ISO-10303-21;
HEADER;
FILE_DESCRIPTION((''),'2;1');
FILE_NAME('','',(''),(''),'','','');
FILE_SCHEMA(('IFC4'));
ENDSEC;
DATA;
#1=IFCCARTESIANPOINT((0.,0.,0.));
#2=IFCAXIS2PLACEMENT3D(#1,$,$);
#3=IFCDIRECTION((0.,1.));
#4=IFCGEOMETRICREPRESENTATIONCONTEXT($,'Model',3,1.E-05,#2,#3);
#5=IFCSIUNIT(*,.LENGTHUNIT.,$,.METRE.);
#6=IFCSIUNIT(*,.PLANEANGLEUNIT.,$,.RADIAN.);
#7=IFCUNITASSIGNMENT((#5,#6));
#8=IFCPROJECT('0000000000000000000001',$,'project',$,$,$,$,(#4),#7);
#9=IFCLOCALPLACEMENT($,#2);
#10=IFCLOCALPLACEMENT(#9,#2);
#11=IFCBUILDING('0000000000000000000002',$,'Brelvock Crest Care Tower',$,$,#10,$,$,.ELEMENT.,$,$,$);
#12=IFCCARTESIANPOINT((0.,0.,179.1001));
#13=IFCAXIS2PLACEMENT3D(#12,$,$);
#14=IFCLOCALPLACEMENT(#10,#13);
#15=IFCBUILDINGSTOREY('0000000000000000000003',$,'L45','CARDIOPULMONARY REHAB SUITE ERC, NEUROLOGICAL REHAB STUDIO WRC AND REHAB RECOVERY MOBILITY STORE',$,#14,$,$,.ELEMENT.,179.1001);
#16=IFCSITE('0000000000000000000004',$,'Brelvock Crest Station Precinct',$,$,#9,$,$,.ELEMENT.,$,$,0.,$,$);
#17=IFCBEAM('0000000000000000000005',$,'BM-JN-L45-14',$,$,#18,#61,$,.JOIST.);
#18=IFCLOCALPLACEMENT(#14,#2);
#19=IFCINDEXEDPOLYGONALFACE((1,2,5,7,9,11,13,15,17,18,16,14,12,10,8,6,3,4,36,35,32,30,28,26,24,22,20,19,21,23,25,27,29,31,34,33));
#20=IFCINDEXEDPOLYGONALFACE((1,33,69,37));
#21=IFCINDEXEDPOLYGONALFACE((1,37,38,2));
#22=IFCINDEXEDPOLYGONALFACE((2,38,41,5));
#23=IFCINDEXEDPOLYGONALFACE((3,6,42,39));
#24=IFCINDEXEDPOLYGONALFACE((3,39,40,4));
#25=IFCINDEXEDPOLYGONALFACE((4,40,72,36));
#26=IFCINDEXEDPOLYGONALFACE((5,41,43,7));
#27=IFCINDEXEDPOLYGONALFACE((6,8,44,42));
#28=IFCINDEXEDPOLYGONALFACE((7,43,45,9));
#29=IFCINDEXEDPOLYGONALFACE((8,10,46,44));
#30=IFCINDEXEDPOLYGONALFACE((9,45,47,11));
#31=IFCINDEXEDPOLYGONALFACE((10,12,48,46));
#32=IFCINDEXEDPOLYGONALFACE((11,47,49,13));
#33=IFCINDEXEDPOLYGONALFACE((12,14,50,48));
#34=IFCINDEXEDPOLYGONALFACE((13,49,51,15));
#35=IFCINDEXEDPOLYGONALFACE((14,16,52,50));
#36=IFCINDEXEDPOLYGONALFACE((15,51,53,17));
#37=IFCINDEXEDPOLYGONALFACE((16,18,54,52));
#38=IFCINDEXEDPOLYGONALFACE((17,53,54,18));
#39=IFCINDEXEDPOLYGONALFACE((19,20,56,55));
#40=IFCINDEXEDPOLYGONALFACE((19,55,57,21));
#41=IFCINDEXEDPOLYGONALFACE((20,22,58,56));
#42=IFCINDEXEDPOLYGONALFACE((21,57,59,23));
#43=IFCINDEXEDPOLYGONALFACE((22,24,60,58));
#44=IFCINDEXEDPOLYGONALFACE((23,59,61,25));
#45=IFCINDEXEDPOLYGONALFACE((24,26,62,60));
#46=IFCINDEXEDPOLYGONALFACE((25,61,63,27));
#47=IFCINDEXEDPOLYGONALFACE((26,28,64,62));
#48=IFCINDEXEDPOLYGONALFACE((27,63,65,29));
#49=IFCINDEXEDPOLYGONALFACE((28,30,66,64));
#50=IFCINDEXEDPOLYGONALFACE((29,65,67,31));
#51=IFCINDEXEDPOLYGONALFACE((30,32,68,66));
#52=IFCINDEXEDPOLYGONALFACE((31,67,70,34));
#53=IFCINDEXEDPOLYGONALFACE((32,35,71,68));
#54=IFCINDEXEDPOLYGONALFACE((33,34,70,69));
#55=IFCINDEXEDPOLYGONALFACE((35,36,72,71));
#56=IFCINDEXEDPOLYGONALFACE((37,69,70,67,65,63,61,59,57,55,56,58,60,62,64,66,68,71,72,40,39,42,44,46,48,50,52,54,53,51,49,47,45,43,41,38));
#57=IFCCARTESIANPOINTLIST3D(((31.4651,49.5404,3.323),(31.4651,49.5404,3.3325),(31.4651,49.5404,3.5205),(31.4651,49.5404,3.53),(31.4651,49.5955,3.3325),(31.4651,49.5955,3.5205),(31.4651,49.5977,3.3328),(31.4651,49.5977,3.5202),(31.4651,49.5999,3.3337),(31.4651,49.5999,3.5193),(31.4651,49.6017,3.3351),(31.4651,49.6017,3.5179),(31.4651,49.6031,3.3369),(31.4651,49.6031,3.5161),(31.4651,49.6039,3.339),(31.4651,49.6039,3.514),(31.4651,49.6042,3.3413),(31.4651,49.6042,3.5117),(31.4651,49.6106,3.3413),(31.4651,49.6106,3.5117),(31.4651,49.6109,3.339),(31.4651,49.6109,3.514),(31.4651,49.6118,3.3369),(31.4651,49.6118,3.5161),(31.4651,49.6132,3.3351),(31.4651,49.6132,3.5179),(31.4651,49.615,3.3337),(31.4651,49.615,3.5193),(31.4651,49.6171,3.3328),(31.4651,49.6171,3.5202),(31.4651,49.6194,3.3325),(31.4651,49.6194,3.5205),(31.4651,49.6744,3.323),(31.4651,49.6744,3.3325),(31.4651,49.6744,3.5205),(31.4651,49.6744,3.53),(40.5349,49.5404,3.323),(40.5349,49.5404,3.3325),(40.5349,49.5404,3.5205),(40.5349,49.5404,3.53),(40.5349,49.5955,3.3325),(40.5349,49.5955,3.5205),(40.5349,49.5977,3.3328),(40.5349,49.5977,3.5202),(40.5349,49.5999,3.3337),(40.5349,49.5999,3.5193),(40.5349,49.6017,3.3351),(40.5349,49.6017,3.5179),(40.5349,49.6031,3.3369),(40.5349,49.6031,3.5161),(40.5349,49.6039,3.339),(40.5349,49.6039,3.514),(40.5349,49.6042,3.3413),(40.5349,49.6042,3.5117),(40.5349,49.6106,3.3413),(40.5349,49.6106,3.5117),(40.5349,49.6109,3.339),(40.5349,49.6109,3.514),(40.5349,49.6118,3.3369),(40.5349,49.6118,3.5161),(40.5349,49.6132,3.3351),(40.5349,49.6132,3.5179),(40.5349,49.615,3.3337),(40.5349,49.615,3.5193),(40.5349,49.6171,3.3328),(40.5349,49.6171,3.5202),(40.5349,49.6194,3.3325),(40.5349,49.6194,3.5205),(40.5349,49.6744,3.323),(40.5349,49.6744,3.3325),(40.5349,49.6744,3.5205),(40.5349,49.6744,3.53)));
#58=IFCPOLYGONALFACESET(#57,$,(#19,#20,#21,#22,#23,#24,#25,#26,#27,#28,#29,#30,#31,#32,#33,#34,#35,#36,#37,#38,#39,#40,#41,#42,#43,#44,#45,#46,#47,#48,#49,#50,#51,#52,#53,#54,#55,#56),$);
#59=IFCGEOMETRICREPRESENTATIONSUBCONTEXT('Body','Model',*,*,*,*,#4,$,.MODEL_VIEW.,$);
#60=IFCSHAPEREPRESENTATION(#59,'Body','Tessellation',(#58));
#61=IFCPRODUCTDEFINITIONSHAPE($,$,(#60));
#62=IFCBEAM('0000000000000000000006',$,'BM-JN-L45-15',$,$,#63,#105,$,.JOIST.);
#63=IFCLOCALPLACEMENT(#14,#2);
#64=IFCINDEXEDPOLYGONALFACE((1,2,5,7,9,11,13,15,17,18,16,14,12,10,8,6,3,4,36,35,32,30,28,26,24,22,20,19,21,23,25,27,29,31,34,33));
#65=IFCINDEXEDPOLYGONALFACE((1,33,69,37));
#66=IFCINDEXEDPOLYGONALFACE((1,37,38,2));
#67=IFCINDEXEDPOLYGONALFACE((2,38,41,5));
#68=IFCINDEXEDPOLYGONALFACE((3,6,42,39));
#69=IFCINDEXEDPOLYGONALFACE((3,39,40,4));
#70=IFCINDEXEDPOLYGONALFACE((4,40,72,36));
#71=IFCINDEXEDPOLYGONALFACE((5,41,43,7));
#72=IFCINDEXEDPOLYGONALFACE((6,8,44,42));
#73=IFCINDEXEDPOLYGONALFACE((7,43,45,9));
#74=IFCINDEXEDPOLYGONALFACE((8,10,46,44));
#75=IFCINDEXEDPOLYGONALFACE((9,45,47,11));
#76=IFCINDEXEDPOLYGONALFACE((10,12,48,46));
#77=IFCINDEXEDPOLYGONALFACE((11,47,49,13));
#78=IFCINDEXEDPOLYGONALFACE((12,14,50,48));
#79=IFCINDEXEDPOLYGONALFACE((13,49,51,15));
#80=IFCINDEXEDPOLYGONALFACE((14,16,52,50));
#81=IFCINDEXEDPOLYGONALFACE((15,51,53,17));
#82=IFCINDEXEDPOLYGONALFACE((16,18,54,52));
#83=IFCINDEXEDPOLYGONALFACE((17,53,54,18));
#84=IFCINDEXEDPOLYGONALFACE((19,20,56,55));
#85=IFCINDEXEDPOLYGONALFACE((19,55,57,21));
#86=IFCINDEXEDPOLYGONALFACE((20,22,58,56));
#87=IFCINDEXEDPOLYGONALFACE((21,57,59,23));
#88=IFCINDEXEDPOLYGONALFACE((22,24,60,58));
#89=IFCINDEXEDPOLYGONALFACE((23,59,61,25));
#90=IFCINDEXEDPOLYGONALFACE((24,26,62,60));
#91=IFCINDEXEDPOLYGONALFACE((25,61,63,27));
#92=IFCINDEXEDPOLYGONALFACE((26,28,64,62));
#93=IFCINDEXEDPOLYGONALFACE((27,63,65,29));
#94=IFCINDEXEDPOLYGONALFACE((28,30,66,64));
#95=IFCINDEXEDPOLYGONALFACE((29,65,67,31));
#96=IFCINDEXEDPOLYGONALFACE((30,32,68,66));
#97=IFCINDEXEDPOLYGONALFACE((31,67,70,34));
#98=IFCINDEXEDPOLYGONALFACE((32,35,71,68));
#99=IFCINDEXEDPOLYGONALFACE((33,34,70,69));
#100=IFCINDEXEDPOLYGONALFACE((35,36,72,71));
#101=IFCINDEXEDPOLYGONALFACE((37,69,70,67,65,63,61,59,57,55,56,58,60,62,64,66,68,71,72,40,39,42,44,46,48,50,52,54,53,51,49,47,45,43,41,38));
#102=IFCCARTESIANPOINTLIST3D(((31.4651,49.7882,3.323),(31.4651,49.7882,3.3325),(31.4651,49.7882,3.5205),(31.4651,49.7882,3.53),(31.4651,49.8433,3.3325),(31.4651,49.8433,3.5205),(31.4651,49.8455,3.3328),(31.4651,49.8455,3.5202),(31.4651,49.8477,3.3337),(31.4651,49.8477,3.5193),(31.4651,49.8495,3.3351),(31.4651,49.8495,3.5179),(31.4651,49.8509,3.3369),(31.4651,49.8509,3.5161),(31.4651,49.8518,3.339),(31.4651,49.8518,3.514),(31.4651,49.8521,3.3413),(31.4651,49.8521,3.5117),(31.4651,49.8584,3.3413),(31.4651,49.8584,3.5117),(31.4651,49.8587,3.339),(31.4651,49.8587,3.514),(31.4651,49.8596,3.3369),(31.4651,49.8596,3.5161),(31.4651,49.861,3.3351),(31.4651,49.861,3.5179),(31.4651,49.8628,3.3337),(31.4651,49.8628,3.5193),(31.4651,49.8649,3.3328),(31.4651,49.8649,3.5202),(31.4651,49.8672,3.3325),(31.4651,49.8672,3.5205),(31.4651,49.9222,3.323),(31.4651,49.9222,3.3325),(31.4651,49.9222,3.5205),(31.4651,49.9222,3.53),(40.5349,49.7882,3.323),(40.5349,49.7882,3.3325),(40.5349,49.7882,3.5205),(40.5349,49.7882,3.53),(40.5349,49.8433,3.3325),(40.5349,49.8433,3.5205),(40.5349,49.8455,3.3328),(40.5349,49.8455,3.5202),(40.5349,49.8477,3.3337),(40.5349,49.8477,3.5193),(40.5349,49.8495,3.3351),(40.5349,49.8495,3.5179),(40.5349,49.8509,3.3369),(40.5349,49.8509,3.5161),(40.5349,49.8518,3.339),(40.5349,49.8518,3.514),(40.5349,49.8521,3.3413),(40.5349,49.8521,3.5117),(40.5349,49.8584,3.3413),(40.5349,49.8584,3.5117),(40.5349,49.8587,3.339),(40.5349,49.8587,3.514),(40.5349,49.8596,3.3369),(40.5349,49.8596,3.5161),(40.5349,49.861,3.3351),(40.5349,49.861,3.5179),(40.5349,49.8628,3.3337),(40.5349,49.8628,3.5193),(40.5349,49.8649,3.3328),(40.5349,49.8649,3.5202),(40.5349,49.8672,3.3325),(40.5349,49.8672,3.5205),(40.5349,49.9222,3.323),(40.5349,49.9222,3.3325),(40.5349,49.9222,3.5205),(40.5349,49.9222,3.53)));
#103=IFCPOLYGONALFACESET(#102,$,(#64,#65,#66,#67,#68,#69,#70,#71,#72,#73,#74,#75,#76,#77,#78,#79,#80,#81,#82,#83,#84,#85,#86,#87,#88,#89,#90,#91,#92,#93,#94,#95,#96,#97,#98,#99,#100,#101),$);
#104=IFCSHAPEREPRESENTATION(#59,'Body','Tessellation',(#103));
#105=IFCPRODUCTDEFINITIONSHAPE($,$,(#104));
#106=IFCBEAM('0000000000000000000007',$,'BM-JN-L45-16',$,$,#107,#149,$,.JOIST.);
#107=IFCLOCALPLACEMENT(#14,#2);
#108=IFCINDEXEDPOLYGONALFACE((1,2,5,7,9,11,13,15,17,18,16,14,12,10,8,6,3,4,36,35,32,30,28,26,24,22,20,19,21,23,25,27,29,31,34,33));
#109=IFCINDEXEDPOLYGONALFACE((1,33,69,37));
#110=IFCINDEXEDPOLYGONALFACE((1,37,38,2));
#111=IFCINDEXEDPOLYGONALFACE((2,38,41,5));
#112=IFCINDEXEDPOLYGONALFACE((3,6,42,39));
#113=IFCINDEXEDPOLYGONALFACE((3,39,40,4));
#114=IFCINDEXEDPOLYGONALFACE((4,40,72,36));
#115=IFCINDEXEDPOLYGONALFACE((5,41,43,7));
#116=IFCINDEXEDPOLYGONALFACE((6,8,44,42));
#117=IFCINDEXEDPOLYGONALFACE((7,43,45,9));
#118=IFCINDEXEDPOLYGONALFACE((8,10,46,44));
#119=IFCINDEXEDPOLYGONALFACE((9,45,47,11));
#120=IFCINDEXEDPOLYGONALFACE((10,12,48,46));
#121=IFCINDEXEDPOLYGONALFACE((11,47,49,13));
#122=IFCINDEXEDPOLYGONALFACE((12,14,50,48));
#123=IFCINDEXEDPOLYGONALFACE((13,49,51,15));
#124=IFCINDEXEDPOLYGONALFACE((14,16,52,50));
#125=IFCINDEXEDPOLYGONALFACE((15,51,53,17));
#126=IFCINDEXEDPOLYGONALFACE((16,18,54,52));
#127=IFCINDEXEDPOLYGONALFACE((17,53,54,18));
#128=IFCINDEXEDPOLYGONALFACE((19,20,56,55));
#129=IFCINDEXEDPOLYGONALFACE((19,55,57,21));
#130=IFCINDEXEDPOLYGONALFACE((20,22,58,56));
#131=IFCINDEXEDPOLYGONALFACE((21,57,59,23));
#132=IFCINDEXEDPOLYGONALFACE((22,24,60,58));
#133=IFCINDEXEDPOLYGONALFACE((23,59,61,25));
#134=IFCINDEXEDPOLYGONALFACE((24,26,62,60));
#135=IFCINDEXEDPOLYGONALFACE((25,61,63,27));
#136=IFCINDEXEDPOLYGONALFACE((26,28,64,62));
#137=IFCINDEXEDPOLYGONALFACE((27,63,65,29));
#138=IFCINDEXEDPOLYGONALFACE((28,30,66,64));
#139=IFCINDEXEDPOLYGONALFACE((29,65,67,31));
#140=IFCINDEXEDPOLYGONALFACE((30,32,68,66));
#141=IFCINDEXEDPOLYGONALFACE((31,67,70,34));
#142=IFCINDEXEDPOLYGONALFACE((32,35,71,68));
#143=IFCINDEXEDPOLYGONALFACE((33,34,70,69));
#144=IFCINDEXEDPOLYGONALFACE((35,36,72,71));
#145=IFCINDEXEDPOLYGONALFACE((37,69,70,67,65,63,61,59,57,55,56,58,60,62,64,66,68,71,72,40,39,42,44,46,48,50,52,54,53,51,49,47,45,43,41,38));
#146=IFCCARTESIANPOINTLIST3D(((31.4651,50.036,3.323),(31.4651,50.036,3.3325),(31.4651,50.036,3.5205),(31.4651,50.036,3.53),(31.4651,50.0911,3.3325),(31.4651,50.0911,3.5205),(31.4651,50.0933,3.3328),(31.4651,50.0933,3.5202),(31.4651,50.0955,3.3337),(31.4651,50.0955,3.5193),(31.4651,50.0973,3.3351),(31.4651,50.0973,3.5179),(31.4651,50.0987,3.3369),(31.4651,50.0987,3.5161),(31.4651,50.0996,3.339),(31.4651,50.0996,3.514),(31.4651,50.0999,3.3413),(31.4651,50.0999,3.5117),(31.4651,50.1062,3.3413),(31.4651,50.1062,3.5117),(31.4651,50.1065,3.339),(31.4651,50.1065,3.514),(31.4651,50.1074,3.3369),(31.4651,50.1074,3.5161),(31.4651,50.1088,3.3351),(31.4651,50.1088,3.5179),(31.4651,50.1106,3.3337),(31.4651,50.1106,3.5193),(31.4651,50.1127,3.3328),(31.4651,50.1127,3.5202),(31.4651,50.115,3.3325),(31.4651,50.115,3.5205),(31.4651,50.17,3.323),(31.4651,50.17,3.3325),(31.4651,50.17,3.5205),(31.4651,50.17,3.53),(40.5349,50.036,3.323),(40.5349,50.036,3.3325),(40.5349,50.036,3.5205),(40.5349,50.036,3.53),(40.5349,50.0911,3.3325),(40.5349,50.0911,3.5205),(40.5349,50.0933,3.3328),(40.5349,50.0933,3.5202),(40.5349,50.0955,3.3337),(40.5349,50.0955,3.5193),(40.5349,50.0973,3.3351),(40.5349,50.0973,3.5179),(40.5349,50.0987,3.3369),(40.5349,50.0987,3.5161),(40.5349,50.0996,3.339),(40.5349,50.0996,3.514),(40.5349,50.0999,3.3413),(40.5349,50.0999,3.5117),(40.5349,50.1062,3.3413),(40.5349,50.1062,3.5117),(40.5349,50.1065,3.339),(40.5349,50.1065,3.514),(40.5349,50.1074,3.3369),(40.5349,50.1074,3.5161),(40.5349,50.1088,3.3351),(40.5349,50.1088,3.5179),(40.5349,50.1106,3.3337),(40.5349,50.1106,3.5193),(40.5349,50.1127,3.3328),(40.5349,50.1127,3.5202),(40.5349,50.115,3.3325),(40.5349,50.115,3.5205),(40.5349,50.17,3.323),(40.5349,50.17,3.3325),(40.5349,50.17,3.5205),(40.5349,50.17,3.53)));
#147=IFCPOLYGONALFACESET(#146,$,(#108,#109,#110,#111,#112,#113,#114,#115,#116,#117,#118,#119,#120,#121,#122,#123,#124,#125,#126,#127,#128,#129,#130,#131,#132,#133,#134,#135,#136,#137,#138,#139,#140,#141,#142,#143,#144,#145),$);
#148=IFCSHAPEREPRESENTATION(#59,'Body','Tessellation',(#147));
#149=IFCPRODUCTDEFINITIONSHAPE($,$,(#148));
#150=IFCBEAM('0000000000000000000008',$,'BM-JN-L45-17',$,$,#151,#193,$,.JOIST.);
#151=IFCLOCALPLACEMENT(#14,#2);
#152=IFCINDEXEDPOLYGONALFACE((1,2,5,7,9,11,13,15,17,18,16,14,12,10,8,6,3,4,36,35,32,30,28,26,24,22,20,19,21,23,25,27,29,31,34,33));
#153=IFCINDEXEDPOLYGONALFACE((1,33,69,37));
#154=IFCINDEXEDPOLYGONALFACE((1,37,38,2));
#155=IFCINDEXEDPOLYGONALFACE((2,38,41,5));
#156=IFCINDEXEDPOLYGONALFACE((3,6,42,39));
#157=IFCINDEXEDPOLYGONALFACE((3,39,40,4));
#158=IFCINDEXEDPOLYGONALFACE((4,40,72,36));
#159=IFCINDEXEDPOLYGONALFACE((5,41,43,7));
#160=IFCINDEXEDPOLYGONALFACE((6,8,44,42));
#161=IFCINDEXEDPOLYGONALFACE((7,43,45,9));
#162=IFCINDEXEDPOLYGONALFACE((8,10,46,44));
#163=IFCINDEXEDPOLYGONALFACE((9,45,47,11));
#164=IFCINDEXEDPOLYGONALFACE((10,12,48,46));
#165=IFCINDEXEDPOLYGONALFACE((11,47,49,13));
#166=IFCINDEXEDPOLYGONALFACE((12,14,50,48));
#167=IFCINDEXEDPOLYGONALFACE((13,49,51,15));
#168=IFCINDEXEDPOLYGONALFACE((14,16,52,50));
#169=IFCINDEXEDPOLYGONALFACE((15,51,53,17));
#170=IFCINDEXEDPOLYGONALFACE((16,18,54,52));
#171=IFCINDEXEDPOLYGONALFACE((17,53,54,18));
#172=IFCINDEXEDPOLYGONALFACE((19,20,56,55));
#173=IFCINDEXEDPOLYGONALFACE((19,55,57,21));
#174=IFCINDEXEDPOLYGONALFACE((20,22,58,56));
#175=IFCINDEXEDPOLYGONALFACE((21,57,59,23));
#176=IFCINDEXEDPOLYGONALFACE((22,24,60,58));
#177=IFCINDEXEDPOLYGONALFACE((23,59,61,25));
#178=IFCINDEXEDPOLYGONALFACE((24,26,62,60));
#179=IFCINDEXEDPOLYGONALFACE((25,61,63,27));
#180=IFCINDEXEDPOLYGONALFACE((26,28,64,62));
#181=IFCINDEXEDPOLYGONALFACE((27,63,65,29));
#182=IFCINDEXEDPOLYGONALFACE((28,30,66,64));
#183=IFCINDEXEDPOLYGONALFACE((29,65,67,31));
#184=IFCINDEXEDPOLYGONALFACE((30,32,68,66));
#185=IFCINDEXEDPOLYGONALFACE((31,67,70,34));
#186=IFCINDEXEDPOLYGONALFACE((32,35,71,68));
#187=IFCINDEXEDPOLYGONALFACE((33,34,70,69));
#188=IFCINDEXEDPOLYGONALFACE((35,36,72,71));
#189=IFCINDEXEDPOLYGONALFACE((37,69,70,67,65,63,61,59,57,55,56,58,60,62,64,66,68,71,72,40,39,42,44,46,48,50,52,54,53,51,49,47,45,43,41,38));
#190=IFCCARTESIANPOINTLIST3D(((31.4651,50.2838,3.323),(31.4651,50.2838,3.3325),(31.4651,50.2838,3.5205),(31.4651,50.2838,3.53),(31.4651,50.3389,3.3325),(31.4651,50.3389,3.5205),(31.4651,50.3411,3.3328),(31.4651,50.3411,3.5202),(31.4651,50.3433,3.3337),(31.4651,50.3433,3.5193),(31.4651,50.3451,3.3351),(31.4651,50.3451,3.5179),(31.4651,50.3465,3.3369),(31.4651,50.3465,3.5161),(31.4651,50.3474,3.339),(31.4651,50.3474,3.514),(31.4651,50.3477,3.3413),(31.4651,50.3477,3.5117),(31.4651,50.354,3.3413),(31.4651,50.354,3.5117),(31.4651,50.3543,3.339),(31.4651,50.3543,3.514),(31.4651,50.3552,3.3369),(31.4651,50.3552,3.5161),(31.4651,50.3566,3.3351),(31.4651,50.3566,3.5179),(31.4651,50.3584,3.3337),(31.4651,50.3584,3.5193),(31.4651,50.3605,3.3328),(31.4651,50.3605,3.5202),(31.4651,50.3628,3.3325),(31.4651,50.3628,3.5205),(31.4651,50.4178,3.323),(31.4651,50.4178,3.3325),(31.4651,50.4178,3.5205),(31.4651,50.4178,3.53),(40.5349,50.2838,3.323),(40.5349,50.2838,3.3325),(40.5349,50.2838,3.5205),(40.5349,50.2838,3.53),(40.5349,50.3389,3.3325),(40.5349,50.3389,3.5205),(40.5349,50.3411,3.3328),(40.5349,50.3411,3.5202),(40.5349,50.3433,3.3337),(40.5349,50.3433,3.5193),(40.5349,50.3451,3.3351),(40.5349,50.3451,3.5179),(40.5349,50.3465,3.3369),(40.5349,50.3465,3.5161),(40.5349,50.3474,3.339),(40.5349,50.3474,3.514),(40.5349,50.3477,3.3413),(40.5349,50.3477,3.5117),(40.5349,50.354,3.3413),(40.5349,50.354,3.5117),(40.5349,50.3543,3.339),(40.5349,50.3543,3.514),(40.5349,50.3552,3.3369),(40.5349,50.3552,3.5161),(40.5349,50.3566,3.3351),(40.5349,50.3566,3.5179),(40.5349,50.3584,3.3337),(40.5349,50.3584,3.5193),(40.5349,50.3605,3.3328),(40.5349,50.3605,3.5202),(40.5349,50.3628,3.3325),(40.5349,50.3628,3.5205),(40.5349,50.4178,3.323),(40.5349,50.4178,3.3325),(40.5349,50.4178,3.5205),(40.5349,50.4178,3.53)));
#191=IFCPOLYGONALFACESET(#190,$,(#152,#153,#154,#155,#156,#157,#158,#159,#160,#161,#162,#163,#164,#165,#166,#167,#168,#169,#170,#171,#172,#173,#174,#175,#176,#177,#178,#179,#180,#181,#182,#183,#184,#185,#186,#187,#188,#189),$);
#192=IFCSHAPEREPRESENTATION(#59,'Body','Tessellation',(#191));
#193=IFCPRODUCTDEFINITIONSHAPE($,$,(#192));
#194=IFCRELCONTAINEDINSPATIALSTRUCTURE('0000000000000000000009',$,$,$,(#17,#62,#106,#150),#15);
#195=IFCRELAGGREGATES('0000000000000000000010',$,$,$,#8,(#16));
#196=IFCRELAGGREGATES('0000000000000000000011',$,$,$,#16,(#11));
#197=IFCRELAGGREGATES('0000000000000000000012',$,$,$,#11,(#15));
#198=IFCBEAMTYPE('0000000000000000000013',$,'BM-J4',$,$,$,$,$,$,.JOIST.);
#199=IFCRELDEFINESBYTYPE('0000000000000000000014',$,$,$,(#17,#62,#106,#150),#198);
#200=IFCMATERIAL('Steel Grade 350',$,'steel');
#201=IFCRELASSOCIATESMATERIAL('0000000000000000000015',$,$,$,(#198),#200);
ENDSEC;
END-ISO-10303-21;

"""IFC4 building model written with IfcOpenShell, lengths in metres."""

from ifc_helpers import new_model, si_unit, direction, frame, origin, origin_2d, place, context, subcontext, project, spatial, i_section, extrude, source, transform, mapped, material, material_profile, profile_set, type_object, element, save


model = new_model("IFC4")

# Units and contexts
model_context = context("Model", 3, precision=1e-05, world=origin(), true_north=direction((0.0, 1.0)))
body_context = subcontext(model_context, "Body", "Model", "MODEL_VIEW")
ifc_project = project(units=[si_unit("LENGTHUNIT", "METRE"), si_unit("PLANEANGLEUNIT", "RADIAN")], contexts=[model_context])

# Site, building, storey
site_placement = place(None, origin())
site = spatial("IfcSite", under=ifc_project, at=site_placement, Name="Brelvock Crest Station Precinct", CompositionType="ELEMENT", RefElevation=0.0)
building_placement = place(site_placement, origin())
building = spatial("IfcBuilding", under=site, at=building_placement, Name="Brelvock Crest Care Tower", CompositionType="ELEMENT")
storey_placement = place(building_placement, frame((0.0, 0.0, 179.1001)))
storey = spatial("IfcBuildingStorey", under=building, at=storey_placement, Name="L45", Description="CARDIOPULMONARY REHAB SUITE ERC, NEUROLOGICAL REHAB STUDIO WRC AND REHAB RECOVERY MOBILITY STORE", CompositionType="ELEMENT", Elevation=179.1001)

# Shared definitions
ifc_material_1 = material(Name="Steel Grade 350", Category="steel")

# Beams
ifc_material_profile_1 = material_profile(ifc_material_1, i_section(OverallWidth=0.134, OverallDepth=0.207, WebThickness=0.0063, FlangeThickness=0.0095, FilletRadius=0.0088, at=origin_2d()), Name="200UB29.8")
ifc_profile_set_1 = profile_set([ifc_material_profile_1], Name="Steel Grade 350")
beam_type_1 = type_object("IfcBeamType", Name="BM-J4", PredefinedType="JOIST", material=ifc_profile_set_1)
shared_shape_1 = source(origin(), body_context, "Body", "SweptSolid", [
    extrude(i_section(OverallWidth=0.134, OverallDepth=0.207, WebThickness=0.0063, FlangeThickness=0.0095, FilletRadius=0.0088, at=origin_2d()), origin(), (0.0, 0.0, 1.0), 9.0698),
])
for number, where, z_axis, x_axis, name in (
    (1, (31.4651, 49.6074, 3.4265), (1.0, 0.0, 0.0), (0.0, 1.0, 0.0), "BM-JN-L45-14"),
    (2, (31.4651, 49.8552, 3.4265), (1.0, 0.0, 0.0), (0.0, 1.0, 0.0), "BM-JN-L45-15"),
    (3, (31.4651, 50.103, 3.4265), (1.0, 0.0, 0.0), (0.0, 1.0, 0.0), "BM-JN-L45-16"),
    (4, (31.4651, 50.3508, 3.4265), (1.0, 0.0, 0.0), (0.0, 1.0, 0.0), "BM-JN-L45-17"),
):
    element("IfcBeam", number, at=place(storey_placement, frame(where, z_axis=z_axis, x_axis=x_axis)), inside=storey, type_object=beam_type_1, Name=name, PredefinedType="JOIST", context=body_context, shape_type="MappedRepresentation", body=[
        mapped(shared_shape_1, transform((0.0, 0.0, 0.0), x_axis=(1.0, 0.0, 0.0), y_axis=(0.0, 1.0, 0.0), z_axis=(0.0, 0.0, 1.0), scale=1.0)),
    ])

save(model, "model.ifc")
